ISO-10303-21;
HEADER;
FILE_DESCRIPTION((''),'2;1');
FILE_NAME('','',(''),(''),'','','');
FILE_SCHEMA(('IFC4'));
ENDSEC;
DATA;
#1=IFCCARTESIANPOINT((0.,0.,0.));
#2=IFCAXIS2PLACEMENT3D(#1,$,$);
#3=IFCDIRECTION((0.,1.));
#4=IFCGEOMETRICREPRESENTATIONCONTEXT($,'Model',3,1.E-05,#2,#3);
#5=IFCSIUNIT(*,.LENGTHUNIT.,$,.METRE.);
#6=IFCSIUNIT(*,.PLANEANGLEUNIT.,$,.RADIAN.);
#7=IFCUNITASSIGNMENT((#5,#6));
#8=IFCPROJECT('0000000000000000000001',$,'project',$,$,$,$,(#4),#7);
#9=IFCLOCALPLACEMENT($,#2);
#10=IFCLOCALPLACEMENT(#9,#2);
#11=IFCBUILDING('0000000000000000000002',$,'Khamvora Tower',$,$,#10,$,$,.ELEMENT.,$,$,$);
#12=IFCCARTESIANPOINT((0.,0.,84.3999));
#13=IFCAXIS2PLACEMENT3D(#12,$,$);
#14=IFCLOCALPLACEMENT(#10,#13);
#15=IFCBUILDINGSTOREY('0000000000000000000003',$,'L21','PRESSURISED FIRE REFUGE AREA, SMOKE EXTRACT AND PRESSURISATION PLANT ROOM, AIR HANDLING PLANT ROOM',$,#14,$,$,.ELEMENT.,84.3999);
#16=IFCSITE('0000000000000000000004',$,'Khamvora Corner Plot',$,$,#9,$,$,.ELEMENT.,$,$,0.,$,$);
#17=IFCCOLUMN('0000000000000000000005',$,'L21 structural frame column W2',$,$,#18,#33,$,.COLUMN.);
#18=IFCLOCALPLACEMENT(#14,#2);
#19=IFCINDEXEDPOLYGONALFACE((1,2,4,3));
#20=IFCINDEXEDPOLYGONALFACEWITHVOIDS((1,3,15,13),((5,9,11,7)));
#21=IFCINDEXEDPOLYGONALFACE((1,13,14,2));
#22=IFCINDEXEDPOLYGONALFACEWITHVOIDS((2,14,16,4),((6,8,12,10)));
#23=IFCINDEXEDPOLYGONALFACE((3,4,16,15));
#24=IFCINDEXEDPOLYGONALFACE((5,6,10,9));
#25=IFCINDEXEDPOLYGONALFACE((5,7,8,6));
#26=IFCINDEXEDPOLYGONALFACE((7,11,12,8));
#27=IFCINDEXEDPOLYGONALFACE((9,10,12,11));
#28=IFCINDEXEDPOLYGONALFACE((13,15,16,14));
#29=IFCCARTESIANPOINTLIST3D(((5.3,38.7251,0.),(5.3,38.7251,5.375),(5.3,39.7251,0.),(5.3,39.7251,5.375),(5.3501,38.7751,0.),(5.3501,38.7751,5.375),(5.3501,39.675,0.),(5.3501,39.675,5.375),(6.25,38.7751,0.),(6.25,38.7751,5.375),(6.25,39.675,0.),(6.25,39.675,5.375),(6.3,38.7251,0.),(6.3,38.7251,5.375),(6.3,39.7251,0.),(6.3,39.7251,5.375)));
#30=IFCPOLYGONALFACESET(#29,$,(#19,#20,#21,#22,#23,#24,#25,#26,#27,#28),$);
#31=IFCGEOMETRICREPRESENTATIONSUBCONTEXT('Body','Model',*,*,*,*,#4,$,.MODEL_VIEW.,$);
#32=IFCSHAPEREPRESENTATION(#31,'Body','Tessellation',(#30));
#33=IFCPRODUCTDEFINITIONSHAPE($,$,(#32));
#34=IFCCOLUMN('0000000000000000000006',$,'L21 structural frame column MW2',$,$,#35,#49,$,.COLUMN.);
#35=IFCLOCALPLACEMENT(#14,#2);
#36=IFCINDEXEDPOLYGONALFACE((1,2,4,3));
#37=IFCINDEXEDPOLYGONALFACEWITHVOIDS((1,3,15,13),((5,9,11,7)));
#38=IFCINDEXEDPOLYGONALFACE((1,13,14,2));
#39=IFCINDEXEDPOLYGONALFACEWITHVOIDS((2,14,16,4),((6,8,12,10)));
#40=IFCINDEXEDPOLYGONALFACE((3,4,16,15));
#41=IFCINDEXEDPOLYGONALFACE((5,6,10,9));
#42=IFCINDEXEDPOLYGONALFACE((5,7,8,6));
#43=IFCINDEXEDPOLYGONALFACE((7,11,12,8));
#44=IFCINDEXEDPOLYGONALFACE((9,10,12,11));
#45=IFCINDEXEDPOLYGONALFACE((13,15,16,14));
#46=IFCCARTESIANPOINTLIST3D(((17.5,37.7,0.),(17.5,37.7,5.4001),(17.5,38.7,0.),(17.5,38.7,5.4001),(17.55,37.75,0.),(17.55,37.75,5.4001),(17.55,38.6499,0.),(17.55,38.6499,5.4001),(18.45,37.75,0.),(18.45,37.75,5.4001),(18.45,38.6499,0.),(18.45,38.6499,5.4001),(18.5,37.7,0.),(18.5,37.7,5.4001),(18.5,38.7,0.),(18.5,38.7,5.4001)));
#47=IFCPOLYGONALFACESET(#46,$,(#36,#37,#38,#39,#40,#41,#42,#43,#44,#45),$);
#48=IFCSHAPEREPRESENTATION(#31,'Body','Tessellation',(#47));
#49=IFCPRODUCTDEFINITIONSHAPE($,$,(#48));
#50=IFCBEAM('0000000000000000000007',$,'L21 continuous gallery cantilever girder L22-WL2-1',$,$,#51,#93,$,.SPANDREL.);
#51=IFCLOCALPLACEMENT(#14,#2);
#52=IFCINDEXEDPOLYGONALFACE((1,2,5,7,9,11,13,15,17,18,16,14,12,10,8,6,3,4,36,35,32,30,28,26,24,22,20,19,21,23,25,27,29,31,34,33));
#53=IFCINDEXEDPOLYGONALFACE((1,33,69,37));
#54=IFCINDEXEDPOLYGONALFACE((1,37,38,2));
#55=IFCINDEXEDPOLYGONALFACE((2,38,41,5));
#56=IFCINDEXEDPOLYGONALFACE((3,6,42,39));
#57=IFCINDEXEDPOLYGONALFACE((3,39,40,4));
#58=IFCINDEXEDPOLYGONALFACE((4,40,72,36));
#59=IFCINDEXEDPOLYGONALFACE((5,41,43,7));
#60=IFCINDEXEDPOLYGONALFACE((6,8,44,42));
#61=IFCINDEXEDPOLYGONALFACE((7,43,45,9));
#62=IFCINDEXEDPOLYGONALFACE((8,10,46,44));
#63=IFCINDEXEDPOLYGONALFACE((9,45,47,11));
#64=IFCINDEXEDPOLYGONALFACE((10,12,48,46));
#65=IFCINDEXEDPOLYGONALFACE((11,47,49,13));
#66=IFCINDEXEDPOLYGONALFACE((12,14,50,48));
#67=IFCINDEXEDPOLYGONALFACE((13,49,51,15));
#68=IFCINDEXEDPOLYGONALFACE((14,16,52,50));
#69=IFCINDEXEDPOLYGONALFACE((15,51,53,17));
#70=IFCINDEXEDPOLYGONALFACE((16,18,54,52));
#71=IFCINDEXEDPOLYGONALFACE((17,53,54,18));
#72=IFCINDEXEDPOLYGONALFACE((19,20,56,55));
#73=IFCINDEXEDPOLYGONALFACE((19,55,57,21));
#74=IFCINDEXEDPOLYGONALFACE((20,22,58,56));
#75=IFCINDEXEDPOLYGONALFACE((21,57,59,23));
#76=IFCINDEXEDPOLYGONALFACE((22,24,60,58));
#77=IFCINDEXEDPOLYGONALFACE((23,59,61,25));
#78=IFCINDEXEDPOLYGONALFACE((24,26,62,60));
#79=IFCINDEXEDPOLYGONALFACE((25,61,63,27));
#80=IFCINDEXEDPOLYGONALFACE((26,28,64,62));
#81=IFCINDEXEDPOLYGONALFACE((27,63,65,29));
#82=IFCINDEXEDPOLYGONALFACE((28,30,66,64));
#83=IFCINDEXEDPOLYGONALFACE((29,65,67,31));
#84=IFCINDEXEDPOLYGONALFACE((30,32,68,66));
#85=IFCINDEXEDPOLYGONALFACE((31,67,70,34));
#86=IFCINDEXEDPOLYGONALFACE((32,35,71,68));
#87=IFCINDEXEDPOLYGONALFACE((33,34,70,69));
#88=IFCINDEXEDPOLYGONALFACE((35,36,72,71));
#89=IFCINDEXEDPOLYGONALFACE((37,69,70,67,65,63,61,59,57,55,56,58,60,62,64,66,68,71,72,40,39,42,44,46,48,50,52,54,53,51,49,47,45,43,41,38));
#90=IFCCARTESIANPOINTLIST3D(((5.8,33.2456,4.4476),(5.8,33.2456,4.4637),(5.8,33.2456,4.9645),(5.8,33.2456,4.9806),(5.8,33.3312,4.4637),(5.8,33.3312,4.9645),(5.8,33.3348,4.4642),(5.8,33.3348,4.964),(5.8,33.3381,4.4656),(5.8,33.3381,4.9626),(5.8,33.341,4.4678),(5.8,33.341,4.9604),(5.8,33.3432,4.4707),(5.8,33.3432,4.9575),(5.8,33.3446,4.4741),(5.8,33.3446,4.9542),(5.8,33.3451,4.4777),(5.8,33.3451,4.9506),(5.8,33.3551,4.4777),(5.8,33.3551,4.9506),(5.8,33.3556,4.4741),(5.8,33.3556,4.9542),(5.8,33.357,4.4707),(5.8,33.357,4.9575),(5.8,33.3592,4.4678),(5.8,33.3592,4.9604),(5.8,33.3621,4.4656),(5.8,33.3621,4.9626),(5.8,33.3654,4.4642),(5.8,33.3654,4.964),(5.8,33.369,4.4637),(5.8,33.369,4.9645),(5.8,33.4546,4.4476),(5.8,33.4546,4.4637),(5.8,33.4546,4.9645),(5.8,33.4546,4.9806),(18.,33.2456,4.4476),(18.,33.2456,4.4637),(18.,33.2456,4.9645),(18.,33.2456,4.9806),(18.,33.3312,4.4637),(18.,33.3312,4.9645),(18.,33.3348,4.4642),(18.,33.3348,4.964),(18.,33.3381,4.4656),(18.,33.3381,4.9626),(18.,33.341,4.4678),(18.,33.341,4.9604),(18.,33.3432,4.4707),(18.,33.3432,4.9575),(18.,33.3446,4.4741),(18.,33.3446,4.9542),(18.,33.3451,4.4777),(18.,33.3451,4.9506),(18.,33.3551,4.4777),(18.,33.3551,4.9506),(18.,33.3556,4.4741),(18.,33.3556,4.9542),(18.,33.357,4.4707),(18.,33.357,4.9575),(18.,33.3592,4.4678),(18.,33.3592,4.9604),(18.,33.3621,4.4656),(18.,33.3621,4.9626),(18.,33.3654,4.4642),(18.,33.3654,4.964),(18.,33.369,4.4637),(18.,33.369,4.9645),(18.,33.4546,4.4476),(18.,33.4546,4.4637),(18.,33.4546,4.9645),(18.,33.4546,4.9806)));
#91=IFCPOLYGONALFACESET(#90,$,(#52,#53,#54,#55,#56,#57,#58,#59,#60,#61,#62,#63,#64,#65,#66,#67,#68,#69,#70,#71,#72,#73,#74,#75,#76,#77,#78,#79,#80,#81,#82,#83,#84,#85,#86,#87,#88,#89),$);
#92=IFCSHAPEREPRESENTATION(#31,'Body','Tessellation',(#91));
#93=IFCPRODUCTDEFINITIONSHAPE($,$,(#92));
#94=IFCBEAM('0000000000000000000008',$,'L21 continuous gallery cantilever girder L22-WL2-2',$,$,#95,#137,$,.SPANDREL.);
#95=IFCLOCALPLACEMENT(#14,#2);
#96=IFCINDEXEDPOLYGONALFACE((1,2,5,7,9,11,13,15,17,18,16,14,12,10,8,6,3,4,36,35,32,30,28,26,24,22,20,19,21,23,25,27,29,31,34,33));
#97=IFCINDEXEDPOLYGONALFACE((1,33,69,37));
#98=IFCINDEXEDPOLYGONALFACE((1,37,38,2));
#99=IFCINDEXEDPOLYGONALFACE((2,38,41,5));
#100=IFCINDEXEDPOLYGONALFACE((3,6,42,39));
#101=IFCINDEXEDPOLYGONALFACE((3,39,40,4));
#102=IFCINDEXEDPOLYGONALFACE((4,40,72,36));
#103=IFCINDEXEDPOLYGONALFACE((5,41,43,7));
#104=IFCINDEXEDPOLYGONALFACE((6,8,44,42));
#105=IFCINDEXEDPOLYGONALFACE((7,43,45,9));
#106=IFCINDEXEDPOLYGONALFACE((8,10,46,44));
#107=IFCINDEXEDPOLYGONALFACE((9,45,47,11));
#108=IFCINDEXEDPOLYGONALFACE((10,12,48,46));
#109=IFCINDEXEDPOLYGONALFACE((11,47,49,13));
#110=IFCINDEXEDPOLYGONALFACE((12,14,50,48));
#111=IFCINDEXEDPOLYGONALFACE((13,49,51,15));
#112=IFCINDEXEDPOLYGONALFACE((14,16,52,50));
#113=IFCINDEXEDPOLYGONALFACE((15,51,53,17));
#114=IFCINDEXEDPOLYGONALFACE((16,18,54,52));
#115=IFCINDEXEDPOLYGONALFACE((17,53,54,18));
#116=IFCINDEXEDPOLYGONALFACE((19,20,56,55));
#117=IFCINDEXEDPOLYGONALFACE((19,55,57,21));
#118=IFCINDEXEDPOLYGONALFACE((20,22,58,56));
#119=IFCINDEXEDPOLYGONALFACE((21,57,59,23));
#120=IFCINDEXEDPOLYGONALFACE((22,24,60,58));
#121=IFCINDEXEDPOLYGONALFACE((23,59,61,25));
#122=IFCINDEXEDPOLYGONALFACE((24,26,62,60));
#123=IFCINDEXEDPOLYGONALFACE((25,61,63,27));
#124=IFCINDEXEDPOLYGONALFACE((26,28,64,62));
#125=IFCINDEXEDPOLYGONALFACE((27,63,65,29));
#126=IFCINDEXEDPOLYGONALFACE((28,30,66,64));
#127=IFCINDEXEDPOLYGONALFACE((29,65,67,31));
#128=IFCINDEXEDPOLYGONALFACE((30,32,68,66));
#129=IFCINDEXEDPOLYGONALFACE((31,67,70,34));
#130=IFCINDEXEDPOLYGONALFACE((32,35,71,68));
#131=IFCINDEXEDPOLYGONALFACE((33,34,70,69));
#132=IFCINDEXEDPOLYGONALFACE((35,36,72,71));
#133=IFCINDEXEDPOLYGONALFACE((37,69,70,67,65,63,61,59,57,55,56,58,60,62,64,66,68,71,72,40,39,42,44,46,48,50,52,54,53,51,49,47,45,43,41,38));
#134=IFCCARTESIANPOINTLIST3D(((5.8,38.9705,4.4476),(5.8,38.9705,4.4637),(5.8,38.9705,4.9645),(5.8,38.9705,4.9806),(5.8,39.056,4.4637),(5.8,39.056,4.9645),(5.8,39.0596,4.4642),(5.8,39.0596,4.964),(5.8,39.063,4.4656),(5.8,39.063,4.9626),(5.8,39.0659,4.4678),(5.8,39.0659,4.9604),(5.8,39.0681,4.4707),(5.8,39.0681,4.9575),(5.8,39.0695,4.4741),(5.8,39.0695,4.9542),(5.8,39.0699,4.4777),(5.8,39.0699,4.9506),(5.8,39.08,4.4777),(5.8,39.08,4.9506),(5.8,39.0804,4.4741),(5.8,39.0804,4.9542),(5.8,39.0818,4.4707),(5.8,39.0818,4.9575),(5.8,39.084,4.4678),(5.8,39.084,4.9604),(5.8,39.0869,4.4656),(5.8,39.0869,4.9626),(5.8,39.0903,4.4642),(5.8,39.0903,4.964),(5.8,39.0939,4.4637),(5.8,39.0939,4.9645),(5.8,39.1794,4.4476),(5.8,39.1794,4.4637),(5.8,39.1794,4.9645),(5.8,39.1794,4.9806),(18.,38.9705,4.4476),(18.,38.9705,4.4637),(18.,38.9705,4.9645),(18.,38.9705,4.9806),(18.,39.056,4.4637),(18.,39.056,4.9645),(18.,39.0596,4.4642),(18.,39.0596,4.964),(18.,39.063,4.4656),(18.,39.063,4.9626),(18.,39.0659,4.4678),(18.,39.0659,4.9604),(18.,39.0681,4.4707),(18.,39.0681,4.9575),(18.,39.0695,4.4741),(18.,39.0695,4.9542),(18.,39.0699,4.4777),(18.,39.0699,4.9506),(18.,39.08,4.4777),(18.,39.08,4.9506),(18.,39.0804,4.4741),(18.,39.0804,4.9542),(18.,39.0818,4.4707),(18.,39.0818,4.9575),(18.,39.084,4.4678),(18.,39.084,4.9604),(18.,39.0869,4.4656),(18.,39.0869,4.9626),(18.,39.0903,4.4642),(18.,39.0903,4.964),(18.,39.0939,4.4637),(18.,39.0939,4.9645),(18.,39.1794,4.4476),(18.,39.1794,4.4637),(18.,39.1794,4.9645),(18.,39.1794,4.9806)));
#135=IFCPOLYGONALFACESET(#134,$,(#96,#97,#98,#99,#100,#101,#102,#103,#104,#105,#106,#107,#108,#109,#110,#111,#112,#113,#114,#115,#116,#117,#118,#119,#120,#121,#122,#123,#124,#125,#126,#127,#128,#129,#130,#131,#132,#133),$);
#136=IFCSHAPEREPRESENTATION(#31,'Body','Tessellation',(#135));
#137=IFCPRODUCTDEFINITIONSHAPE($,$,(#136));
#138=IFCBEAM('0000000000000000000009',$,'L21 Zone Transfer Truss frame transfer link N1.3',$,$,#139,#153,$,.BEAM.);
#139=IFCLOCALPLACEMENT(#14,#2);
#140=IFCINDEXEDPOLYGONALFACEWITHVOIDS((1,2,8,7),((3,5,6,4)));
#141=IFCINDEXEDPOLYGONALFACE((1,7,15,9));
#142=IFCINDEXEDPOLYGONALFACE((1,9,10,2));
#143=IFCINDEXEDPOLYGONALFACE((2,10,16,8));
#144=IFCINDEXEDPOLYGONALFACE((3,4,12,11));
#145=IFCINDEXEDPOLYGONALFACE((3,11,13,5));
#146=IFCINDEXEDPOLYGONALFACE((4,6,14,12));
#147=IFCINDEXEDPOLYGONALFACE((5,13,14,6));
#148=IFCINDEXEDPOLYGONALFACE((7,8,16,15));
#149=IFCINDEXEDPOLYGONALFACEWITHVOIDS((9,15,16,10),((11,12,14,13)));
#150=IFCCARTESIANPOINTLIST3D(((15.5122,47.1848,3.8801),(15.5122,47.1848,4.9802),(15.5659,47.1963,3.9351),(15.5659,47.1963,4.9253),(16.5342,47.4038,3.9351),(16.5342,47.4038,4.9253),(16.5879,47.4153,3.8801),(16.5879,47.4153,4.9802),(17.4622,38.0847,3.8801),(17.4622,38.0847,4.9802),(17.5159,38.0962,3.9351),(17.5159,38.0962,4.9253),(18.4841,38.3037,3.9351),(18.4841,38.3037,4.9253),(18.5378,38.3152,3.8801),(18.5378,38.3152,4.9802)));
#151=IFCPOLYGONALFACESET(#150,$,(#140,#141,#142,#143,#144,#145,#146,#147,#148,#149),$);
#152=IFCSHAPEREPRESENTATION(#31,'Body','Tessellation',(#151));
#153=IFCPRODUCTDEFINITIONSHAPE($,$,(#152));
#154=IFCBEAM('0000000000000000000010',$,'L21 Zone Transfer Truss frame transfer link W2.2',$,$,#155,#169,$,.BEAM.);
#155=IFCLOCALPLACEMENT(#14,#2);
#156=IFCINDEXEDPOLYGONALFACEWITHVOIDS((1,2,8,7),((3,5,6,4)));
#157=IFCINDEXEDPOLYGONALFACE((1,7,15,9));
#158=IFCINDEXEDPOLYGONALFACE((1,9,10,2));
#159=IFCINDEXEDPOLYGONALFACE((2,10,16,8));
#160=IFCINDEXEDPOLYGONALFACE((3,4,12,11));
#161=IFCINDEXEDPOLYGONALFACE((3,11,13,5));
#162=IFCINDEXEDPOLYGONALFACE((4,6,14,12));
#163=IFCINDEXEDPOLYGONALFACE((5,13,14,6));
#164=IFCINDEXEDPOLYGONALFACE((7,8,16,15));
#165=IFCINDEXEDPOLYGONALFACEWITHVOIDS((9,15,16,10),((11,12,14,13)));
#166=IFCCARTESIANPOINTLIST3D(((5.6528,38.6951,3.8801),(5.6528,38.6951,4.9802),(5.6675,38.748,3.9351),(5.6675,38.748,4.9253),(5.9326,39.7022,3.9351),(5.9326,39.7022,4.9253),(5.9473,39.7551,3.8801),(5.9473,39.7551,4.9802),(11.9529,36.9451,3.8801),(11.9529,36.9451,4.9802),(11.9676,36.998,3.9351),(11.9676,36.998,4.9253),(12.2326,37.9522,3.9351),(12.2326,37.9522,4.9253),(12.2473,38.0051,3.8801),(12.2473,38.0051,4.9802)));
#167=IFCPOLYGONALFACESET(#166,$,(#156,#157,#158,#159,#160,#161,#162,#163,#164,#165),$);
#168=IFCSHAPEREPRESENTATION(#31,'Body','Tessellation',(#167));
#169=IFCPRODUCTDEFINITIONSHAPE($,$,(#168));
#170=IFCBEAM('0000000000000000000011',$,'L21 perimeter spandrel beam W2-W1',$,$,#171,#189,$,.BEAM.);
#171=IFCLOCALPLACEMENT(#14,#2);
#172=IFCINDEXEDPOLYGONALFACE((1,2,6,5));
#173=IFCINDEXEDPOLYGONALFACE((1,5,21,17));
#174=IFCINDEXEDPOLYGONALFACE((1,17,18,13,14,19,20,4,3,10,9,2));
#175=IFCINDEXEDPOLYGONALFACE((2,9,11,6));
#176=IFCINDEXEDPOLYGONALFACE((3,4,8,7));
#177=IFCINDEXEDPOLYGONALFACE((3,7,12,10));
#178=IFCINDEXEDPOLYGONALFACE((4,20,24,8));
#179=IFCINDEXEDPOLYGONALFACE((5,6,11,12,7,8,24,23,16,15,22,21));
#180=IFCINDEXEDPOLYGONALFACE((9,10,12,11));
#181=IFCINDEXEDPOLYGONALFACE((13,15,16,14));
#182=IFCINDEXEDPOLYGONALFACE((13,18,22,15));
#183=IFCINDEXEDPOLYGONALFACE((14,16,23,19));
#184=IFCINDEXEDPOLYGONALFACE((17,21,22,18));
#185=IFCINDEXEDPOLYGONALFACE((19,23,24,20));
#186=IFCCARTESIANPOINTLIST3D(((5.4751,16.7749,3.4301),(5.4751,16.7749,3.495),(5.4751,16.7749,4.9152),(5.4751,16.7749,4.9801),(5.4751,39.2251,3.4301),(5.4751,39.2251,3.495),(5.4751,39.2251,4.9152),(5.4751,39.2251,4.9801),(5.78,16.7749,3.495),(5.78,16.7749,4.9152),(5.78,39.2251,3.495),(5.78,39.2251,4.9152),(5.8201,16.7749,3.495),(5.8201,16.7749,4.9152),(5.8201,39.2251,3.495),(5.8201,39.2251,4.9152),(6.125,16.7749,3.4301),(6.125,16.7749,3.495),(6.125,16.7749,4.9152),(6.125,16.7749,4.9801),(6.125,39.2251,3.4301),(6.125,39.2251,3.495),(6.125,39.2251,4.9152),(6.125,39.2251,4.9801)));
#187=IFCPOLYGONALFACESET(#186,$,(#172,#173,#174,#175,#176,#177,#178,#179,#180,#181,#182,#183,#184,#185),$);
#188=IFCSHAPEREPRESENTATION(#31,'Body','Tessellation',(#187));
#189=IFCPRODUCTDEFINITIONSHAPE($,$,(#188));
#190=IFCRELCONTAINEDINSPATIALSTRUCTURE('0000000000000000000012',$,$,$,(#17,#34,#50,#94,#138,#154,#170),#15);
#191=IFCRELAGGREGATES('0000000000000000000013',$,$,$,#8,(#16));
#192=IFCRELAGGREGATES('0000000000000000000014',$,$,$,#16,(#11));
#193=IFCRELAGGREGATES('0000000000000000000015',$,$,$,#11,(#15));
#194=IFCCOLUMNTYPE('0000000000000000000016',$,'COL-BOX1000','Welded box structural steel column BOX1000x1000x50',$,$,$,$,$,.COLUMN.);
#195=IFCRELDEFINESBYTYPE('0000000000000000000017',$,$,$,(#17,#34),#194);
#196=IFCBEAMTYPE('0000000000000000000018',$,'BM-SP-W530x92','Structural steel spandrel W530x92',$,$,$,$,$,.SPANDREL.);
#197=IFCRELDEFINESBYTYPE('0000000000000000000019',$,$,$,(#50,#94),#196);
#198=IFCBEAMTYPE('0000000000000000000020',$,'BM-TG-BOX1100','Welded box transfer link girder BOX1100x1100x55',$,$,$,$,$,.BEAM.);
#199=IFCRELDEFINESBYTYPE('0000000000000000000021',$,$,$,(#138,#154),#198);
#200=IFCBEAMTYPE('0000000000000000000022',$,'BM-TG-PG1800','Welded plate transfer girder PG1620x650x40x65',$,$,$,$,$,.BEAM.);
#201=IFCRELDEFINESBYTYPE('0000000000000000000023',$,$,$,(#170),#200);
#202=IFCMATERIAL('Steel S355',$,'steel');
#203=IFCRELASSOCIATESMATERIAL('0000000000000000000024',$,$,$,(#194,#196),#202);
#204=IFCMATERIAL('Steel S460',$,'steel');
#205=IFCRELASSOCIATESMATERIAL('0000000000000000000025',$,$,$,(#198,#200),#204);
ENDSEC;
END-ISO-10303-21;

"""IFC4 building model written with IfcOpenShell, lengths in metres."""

from ifc_helpers import new_model, si_unit, direction, frame, origin, origin_2d, place, context, subcontext, project, spatial, hollow_rectangle, i_section, extrude, material, material_profile, profile_set, type_object, element, save


model = new_model("IFC4")

# Units and contexts
model_context = context("Model", 3, precision=1e-05, world=origin(), true_north=direction((0.0, 1.0)))
body_context = subcontext(model_context, "Body", "Model", "MODEL_VIEW")
ifc_project = project(units=[si_unit("LENGTHUNIT", "METRE"), si_unit("PLANEANGLEUNIT", "RADIAN")], contexts=[model_context])

# Site, building, storey
site_placement = place(None, origin())
site = spatial("IfcSite", under=ifc_project, at=site_placement, Name="Khamvora Corner Plot", CompositionType="ELEMENT", RefElevation=0.0)
building_placement = place(site_placement, origin())
building = spatial("IfcBuilding", under=site, at=building_placement, Name="Khamvora Tower", CompositionType="ELEMENT")
storey_placement = place(building_placement, frame((0.0, 0.0, 84.3999)))
storey = spatial("IfcBuildingStorey", under=building, at=storey_placement, Name="L21", Description="PRESSURISED FIRE REFUGE AREA, SMOKE EXTRACT AND PRESSURISATION PLANT ROOM, AIR HANDLING PLANT ROOM", CompositionType="ELEMENT", Elevation=84.3999)

# Columns
ifc_material_1 = material(Name="Steel S355", Category="steel")
ifc_material_profile_1 = material_profile(ifc_material_1, hollow_rectangle(XDim=1.0, YDim=1.0, WallThickness=0.05, at=origin_2d()), Name="BOX1000x1000x50")
ifc_profile_set_1 = profile_set([ifc_material_profile_1], Name="Steel S355")
column_type = type_object("IfcColumnType", Name="COL-BOX1000", Description="Welded box structural steel column BOX1000x1000x50", PredefinedType="COLUMN", material=ifc_profile_set_1)
column_1_placement = place(storey_placement, frame((5.8, 39.2251, 0.0), z_axis=(0.0, 0.0, 1.0), x_axis=(1.0, 0.0, 0.0)))
element("IfcColumn", 1, at=column_1_placement, inside=storey, type_object=column_type, Name="L21 structural frame column W2", PredefinedType="COLUMN", context=body_context, shape_type="SweptSolid", body=[
    extrude(hollow_rectangle(XDim=1.0, YDim=1.0, WallThickness=0.05, at=origin_2d()), origin(), (0.0, 0.0, 1.0), 5.375),
])
column_2_placement = place(storey_placement, frame((18.0, 38.2, 0.0), z_axis=(0.0, 0.0, 1.0), x_axis=(1.0, 0.0, 0.0)))
element("IfcColumn", 2, at=column_2_placement, inside=storey, type_object=column_type, Name="L21 structural frame column MW2", PredefinedType="COLUMN", context=body_context, shape_type="SweptSolid", body=[
    extrude(hollow_rectangle(XDim=1.0, YDim=1.0, WallThickness=0.05, at=origin_2d()), origin(), (0.0, 0.0, 1.0), 5.4001),
])

# Beams
ifc_material_profile_2 = material_profile(ifc_material_1, i_section(OverallWidth=0.209, OverallDepth=0.533, WebThickness=0.01, FlangeThickness=0.0161, FilletRadius=0.0139, at=origin_2d()), Name="W530x92")
ifc_profile_set_2 = profile_set([ifc_material_profile_2], Name="Steel S355")
beam_type_1 = type_object("IfcBeamType", Name="BM-SP-W530x92", Description="Structural steel spandrel W530x92", PredefinedType="SPANDREL", material=ifc_profile_set_2)
for number, where, z_axis, x_axis, name in (
    (3, (18.0, 33.3501, 4.7141), (-1.0, 0.0, 0.0), (0.0, -1.0, 0.0), "L21 continuous gallery cantilever girder L22-WL2-1"),
    (4, (18.0, 39.075, 4.7141), (-1.0, 0.0, 0.0), (0.0, -1.0, 0.0), "L21 continuous gallery cantilever girder L22-WL2-2"),
):
    element("IfcBeam", number, at=place(storey_placement, frame(where, z_axis=z_axis, x_axis=x_axis)), inside=storey, type_object=beam_type_1, Name=name, PredefinedType="SPANDREL", context=body_context, shape_type="SweptSolid", body=[
        extrude(i_section(OverallWidth=0.209, OverallDepth=0.533, WebThickness=0.01, FlangeThickness=0.0161, FilletRadius=0.0139, at=origin_2d()), origin(), (0.0, 0.0, 1.0), 12.2),
    ])
ifc_material_2 = material(Name="Steel S460", Category="steel")
ifc_material_profile_3 = material_profile(ifc_material_2, hollow_rectangle(XDim=1.1001, YDim=1.1001, WallThickness=0.0549, at=origin_2d()), Name="BOX1100x1100x55")
ifc_profile_set_3 = profile_set([ifc_material_profile_3], Name="Steel S460")
beam_type_2 = type_object("IfcBeamType", Name="BM-TG-BOX1100", Description="Welded box transfer link girder BOX1100x1100x55", PredefinedType="BEAM", material=ifc_profile_set_3)
beam_1_placement = place(storey_placement, frame((18.0, 38.2, 4.4302), z_axis=(-0.209522, 0.977804, 0.0), x_axis=(-0.977804, -0.209522, 0.0)))
element("IfcBeam", 5, at=beam_1_placement, inside=storey, type_object=beam_type_2, Name="L21 Zone Transfer Truss frame transfer link N1.3", PredefinedType="BEAM", context=body_context, shape_type="SweptSolid", body=[
    extrude(hollow_rectangle(XDim=1.1001, YDim=1.1001, WallThickness=0.0549, at=origin_2d()), origin(), (0.0, 0.0, 1.0), 9.3066),
])
beam_2_placement = place(storey_placement, frame((5.8, 39.2251, 4.4302), z_axis=(0.963518, -0.267642, 0.0), x_axis=(0.267642, 0.963518, 0.0)))
element("IfcBeam", 6, at=beam_2_placement, inside=storey, type_object=beam_type_2, Name="L21 Zone Transfer Truss frame transfer link W2.2", PredefinedType="BEAM", context=body_context, shape_type="SweptSolid", body=[
    extrude(hollow_rectangle(XDim=1.1001, YDim=1.1001, WallThickness=0.0549, at=origin_2d()), origin(), (0.0, 0.0, 1.0), 6.5386),
])
ifc_material_profile_4 = material_profile(ifc_material_2, i_section(OverallWidth=0.6499, OverallDepth=1.55, WebThickness=0.04, FlangeThickness=0.0649, at=origin_2d()), Name="PG1550x650x40x65")
ifc_profile_set_4 = profile_set([ifc_material_profile_4], Name="Steel S460")
beam_type_3 = type_object("IfcBeamType", Name="BM-TG-PG1800", Description="Welded plate transfer girder PG1620x650x40x65", PredefinedType="BEAM", material=ifc_profile_set_4)
beam_3_placement = place(storey_placement, frame((5.8, 39.2251, 4.2051), z_axis=(0.0, -1.0, 0.0), x_axis=(1.0, 0.0, 0.0)))
element("IfcBeam", 7, at=beam_3_placement, inside=storey, type_object=beam_type_3, Name="L21 perimeter spandrel beam W2-W1", PredefinedType="BEAM", context=body_context, shape_type="SweptSolid", body=[
    extrude(i_section(OverallWidth=0.6499, OverallDepth=1.55, WebThickness=0.04, FlangeThickness=0.0649, at=origin_2d()), origin(), (0.0, 0.0, 1.0), 22.4502),
])

save(model, "model.ifc")
